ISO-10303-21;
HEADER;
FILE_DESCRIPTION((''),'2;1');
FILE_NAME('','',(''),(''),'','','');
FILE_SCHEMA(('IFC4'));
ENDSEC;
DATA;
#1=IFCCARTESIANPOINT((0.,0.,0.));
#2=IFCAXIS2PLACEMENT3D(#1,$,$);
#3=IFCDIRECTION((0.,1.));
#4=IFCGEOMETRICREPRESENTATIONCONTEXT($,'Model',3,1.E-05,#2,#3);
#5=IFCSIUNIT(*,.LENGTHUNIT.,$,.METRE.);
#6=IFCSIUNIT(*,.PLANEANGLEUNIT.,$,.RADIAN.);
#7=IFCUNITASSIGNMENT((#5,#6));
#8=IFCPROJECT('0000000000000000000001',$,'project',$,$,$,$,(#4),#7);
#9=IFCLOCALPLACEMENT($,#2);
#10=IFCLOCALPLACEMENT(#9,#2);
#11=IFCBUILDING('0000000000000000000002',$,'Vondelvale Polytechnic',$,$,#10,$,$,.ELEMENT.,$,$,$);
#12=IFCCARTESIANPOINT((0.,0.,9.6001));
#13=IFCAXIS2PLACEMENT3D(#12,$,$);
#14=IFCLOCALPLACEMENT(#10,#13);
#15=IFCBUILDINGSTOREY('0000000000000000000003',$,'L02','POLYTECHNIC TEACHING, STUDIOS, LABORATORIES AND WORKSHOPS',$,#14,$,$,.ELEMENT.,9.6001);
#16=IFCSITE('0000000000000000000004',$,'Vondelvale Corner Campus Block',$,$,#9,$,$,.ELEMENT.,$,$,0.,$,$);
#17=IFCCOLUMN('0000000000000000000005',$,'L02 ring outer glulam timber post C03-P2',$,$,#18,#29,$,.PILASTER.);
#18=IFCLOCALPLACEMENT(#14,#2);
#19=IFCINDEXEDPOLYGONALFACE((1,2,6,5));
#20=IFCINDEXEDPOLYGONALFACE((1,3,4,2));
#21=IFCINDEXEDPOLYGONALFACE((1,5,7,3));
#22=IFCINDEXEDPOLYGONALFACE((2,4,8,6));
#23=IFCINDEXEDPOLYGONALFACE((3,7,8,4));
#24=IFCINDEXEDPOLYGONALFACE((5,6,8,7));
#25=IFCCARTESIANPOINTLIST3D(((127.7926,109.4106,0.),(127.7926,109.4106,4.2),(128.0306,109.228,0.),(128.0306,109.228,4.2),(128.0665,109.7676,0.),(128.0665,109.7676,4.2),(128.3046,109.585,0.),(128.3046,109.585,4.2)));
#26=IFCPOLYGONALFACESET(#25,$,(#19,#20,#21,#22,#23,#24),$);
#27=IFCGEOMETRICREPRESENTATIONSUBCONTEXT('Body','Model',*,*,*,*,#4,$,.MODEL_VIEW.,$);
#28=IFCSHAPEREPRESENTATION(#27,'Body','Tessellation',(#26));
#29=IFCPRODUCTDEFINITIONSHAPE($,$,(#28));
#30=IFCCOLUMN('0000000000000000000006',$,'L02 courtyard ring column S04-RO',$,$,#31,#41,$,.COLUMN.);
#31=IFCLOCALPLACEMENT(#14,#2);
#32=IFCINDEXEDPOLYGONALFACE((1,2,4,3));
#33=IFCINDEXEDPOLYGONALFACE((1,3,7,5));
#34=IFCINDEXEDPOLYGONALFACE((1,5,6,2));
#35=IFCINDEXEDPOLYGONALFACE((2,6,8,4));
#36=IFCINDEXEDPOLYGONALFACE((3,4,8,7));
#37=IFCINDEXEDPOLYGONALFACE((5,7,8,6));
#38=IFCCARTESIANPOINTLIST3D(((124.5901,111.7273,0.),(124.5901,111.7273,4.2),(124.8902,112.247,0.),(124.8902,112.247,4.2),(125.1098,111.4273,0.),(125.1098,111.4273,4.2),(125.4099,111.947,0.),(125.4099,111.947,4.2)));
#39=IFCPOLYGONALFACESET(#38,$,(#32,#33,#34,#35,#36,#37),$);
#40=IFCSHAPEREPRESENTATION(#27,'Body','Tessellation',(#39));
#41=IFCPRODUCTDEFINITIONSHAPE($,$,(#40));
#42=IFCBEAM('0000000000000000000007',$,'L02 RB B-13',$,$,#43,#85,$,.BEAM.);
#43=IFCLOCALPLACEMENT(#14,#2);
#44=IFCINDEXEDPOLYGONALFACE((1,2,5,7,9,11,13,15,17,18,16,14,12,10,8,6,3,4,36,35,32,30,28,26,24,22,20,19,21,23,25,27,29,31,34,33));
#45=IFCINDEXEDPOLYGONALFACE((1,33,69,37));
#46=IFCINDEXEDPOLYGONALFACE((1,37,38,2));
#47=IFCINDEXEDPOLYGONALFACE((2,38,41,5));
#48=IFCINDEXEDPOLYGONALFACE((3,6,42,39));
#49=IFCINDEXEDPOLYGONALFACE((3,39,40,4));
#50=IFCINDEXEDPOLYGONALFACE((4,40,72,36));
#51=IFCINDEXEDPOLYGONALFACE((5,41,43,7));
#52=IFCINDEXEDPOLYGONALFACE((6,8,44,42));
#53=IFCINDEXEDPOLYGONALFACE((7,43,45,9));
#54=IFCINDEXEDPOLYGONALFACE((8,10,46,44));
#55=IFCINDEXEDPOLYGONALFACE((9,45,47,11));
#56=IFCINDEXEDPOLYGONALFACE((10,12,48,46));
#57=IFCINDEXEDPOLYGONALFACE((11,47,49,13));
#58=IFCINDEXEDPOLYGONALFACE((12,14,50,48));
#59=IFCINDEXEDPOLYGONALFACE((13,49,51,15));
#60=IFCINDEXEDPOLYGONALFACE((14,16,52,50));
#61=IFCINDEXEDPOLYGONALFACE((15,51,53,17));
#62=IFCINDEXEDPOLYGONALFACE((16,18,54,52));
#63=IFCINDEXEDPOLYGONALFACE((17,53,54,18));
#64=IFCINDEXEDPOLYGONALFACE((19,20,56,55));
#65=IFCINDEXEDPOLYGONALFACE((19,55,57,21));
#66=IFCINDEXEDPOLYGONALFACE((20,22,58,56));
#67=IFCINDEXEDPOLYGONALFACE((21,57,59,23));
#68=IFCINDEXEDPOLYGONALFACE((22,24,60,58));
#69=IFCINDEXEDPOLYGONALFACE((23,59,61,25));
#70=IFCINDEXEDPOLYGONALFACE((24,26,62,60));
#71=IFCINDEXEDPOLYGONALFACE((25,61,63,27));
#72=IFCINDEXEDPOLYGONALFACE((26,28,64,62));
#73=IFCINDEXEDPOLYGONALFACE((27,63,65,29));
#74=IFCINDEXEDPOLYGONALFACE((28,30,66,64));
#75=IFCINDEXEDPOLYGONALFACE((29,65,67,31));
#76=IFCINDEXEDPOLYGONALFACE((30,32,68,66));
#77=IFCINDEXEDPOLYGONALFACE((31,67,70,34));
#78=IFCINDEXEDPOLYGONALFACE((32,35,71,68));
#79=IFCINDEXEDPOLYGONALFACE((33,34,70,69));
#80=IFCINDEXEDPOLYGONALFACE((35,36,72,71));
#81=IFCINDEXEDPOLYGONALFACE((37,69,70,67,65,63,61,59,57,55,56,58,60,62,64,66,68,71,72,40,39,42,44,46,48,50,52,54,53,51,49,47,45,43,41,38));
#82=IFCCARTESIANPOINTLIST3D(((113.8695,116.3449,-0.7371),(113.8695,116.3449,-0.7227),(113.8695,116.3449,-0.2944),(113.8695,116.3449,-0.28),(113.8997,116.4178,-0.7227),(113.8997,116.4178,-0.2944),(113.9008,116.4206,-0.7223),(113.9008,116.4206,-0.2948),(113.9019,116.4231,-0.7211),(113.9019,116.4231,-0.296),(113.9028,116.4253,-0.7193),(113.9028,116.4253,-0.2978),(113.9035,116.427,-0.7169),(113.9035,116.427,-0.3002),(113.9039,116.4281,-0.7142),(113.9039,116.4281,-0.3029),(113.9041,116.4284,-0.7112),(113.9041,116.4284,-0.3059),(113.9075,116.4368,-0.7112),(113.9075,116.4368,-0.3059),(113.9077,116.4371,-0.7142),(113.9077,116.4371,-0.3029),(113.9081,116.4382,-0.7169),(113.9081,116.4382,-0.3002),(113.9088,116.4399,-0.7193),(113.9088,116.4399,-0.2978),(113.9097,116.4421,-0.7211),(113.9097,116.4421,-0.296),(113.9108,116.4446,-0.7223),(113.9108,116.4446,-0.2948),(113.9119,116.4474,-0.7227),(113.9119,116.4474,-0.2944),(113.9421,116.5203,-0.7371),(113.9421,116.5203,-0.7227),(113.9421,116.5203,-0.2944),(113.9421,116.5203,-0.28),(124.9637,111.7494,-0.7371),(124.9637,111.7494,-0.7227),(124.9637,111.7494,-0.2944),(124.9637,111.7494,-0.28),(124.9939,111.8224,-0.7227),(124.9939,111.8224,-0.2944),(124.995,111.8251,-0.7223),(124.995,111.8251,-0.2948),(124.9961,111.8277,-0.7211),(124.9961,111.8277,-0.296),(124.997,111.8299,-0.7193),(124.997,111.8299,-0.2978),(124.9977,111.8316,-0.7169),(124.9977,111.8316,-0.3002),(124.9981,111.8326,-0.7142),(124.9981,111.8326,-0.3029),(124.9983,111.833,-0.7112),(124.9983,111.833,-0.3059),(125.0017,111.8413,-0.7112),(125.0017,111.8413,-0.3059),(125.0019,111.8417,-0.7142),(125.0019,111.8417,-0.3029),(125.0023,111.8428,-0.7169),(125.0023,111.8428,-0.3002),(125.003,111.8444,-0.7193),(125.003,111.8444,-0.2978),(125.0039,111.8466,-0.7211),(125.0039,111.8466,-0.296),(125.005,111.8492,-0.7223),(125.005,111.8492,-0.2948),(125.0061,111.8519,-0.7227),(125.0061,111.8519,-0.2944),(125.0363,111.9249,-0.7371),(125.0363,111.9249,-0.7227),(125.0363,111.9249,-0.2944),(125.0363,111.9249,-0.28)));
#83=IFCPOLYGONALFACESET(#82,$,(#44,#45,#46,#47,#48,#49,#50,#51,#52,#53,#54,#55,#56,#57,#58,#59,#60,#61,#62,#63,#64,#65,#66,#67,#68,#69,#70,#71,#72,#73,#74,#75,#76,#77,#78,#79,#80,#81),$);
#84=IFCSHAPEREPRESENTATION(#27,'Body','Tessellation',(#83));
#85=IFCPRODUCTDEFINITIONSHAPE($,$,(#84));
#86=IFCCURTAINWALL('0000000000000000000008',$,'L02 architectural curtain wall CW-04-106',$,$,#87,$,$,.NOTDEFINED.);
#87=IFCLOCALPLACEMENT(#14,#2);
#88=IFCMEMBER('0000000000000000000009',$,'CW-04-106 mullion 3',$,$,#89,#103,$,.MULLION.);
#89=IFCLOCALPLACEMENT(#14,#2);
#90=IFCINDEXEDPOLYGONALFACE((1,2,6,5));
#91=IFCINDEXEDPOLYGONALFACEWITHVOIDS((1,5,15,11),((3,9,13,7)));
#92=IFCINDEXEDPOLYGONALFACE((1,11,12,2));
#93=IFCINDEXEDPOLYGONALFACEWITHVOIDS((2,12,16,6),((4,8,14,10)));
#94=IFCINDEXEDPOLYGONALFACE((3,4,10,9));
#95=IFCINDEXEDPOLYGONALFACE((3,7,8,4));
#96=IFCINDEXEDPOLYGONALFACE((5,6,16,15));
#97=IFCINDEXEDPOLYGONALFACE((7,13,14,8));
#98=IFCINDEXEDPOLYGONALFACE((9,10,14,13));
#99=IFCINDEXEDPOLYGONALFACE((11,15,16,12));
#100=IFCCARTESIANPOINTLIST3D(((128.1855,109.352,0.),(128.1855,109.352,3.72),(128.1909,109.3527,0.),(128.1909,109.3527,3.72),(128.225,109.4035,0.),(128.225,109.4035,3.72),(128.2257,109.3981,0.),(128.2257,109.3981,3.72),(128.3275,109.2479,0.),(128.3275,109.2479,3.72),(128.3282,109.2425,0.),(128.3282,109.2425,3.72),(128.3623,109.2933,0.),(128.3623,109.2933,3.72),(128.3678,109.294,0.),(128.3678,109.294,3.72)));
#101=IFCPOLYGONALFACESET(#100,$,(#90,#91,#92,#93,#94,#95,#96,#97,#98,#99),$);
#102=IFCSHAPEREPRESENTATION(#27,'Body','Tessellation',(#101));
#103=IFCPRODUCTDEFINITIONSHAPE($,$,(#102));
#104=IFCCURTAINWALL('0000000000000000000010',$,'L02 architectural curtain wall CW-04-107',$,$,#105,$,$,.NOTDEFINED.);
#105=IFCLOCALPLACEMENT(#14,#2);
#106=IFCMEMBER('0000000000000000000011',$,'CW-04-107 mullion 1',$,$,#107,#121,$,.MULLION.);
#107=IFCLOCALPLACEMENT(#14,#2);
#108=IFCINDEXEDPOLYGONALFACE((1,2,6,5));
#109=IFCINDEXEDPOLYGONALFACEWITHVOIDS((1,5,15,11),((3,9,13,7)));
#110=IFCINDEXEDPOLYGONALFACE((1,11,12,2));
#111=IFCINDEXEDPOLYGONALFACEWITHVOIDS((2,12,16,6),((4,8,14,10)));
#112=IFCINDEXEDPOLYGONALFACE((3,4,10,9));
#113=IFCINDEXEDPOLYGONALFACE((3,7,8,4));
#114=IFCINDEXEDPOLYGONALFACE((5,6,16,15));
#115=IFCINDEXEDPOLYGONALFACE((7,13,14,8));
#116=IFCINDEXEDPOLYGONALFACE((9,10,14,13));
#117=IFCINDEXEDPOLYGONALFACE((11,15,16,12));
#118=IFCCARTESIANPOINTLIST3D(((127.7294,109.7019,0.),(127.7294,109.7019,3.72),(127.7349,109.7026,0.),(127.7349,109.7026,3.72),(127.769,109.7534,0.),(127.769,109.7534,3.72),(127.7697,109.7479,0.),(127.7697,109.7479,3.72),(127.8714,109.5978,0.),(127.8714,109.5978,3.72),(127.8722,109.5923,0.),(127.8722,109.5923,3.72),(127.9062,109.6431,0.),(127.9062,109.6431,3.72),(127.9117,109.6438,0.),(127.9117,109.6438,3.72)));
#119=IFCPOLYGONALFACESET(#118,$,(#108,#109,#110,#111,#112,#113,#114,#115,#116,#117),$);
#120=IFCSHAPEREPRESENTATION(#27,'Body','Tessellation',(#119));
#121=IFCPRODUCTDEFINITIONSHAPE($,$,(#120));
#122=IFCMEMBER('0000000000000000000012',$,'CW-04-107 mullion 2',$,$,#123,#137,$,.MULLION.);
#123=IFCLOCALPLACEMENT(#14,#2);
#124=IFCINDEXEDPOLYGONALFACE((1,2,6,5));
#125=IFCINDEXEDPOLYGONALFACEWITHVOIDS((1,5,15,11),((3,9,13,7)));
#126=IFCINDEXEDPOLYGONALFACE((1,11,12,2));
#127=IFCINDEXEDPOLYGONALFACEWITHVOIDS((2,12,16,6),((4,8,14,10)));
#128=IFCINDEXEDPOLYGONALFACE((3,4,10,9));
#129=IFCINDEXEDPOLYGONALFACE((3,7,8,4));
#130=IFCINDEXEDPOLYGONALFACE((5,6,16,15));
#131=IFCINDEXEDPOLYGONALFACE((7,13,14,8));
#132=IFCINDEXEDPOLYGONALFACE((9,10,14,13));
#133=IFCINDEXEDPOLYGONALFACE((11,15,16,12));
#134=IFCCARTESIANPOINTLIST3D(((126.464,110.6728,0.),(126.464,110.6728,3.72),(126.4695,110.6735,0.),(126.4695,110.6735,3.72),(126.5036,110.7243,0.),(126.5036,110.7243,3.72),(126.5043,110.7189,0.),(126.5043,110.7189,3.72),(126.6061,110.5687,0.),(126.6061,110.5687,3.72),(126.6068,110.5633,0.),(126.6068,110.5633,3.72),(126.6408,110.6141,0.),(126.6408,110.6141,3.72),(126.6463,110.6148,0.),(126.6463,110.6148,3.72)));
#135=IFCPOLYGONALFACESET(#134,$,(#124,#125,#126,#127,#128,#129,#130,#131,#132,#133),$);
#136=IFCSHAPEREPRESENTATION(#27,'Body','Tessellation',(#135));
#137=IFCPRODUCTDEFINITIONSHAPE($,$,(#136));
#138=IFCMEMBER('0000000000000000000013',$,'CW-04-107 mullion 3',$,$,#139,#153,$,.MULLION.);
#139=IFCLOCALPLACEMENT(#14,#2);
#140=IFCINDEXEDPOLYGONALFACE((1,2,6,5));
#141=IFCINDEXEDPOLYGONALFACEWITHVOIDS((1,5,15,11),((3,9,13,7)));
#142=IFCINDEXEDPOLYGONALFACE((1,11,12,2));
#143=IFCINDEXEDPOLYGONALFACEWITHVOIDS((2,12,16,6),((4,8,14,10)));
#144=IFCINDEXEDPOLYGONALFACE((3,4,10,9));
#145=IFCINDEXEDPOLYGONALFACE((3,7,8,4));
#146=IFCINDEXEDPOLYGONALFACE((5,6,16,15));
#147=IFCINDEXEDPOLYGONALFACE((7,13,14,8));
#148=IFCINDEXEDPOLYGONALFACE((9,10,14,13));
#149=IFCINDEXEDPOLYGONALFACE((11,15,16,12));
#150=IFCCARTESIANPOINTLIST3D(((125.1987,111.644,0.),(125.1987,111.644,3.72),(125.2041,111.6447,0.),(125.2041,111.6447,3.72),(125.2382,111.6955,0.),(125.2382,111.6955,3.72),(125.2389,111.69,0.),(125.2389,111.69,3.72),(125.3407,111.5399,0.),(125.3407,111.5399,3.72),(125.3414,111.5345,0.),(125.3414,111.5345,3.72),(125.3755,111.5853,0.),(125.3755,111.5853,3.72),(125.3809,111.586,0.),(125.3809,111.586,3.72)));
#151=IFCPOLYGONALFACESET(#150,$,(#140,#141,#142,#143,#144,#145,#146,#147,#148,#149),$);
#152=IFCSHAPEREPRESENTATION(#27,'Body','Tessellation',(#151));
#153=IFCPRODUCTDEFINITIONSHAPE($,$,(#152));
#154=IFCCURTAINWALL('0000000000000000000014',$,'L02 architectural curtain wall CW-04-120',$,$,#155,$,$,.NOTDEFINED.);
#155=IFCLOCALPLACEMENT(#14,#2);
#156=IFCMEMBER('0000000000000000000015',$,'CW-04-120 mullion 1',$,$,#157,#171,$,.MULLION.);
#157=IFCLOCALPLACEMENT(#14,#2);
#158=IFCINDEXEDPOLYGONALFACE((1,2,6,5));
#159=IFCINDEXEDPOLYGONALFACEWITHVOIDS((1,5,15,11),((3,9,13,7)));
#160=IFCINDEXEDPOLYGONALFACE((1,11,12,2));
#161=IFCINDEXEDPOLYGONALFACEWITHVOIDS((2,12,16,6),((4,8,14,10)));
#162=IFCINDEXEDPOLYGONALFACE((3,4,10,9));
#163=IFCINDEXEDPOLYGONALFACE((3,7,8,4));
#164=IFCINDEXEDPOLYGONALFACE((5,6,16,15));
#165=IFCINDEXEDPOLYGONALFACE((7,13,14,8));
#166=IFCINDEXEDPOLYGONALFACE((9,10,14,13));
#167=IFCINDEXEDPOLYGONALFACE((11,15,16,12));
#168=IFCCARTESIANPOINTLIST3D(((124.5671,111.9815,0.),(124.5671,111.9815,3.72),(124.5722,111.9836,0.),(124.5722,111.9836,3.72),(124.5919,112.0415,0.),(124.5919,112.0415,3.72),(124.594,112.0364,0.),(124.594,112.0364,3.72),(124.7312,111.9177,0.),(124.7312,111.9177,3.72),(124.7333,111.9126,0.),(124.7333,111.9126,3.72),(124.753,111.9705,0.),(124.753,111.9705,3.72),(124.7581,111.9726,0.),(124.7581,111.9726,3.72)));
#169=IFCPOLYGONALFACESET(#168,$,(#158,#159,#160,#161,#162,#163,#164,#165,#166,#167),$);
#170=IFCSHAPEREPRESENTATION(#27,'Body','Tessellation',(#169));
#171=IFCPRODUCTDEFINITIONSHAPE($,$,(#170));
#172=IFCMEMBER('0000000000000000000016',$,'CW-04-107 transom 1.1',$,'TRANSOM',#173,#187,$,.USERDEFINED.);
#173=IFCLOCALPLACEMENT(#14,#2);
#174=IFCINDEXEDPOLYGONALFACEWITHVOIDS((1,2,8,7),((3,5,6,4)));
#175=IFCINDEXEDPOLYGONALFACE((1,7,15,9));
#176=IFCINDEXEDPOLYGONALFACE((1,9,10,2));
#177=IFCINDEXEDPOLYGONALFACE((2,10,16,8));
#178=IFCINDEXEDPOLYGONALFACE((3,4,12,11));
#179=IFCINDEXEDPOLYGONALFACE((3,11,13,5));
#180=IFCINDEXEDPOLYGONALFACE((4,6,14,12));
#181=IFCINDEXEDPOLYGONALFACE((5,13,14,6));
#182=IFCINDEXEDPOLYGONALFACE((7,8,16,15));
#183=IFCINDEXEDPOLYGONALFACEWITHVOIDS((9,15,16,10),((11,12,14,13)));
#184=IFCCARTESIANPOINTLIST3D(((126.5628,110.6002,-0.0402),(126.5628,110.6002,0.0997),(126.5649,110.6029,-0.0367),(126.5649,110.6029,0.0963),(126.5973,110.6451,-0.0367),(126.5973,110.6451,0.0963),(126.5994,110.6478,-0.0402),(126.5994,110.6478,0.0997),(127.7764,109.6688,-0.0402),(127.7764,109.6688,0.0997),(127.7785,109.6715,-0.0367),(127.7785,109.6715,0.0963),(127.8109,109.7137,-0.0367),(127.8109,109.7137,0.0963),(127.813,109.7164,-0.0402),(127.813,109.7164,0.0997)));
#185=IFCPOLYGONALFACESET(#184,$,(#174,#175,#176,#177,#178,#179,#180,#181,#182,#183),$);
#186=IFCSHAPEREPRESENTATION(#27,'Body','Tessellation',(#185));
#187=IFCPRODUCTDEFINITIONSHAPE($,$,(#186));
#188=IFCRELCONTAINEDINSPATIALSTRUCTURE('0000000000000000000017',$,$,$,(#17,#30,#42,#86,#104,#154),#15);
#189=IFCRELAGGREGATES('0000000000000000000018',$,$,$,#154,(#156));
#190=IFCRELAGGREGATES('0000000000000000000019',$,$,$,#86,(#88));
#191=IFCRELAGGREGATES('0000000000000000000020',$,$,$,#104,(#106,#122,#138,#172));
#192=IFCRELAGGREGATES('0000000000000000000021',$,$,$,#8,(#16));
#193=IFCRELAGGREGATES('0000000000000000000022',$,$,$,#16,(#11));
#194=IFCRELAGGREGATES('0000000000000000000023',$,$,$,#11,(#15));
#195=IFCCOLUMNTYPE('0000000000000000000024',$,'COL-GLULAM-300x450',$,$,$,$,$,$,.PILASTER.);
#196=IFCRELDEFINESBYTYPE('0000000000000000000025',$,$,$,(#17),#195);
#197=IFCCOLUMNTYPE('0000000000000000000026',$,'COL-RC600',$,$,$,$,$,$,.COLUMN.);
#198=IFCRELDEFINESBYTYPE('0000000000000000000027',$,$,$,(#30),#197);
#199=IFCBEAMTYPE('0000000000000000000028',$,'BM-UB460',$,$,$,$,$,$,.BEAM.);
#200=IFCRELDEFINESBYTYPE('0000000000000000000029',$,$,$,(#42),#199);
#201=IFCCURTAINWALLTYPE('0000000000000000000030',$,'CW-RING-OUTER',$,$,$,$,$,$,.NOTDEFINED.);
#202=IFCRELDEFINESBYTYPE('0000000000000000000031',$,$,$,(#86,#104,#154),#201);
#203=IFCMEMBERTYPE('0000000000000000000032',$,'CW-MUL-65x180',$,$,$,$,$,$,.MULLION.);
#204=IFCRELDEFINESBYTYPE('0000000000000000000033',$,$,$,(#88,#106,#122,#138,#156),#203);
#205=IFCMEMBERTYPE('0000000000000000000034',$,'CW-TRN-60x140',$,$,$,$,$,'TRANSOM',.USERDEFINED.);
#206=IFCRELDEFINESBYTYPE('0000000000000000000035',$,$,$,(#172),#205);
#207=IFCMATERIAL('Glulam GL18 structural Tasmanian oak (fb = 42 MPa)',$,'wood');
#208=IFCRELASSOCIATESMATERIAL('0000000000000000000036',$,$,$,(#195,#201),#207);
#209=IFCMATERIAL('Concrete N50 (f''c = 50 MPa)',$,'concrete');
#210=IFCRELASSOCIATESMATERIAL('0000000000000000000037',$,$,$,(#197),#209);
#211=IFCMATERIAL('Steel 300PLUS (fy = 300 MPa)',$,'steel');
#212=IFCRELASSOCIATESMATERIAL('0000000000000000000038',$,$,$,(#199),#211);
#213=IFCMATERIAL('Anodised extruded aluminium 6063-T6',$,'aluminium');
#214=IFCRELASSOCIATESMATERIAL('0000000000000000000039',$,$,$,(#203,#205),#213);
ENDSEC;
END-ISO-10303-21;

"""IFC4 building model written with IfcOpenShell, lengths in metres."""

from ifc_helpers import new_model, si_unit, direction, frame, origin, origin_2d, place, context, subcontext, project, spatial, rectangle, hollow_rectangle, i_section, extrude, material, material_profile, profile_set, type_object, element, aggregate, save


model = new_model("IFC4")

# Units and contexts
model_context = context("Model", 3, precision=1e-05, world=origin(), true_north=direction((0.0, 1.0)))
body_context = subcontext(model_context, "Body", "Model", "MODEL_VIEW")
ifc_project = project(units=[si_unit("LENGTHUNIT", "METRE"), si_unit("PLANEANGLEUNIT", "RADIAN")], contexts=[model_context])

# Site, building, storey
site_placement = place(None, origin())
site = spatial("IfcSite", under=ifc_project, at=site_placement, Name="Vondelvale Corner Campus Block", CompositionType="ELEMENT", RefElevation=0.0)
building_placement = place(site_placement, origin())
building = spatial("IfcBuilding", under=site, at=building_placement, Name="Vondelvale Polytechnic", CompositionType="ELEMENT")
storey_placement = place(building_placement, frame((0.0, 0.0, 9.6001)))
storey = spatial("IfcBuildingStorey", under=building, at=storey_placement, Name="L02", Description="POLYTECHNIC TEACHING, STUDIOS, LABORATORIES AND WORKSHOPS", CompositionType="ELEMENT", Elevation=9.6001)

# Columns
ifc_material_1 = material(Name="Glulam GL18 structural Tasmanian oak (fb = 42 MPa)", Category="wood")
ifc_material_profile_1 = material_profile(ifc_material_1, rectangle(XDim=0.3, YDim=0.45, at=origin_2d()), Name="GL-POST-300x450")
ifc_profile_set_1 = profile_set([ifc_material_profile_1], Name="Glulam GL18 structural Tasmanian oak (fb = 42 MPa)")
column_type_1 = type_object("IfcColumnType", Name="COL-GLULAM-300x450", PredefinedType="PILASTER", material=ifc_profile_set_1)
column_1_placement = place(storey_placement, frame((128.0486, 109.4978, 0.0), z_axis=(0.0, 0.0, 1.0), x_axis=(-0.793353, 0.608761, 0.0)))
element("IfcColumn", 1, at=column_1_placement, inside=storey, type_object=column_type_1, Name="L02 ring outer glulam timber post C03-P2", PredefinedType="PILASTER", context=body_context, shape_type="SweptSolid", body=[
    extrude(rectangle(XDim=0.3, YDim=0.45, at=origin_2d()), origin(), (0.0, 0.0, 1.0), 4.2),
])
ifc_material_2 = material(Name="Concrete N50 (f'c = 50 MPa)", Category="concrete")
ifc_material_profile_2 = material_profile(ifc_material_2, rectangle(XDim=0.6001, YDim=0.6001, at=origin_2d()), Name="RC-COL-600x600")
ifc_profile_set_2 = profile_set([ifc_material_profile_2], Name="Concrete N50 (f'c = 50 MPa)")
column_type_2 = type_object("IfcColumnType", Name="COL-RC600", PredefinedType="COLUMN", material=ifc_profile_set_2)
column_2_placement = place(storey_placement, frame((125.0, 111.8372, 0.0), z_axis=(0.0, 0.0, 1.0), x_axis=(0.5, 0.866025, 0.0)))
element("IfcColumn", 2, at=column_2_placement, inside=storey, type_object=column_type_2, Name="L02 courtyard ring column S04-RO", PredefinedType="COLUMN", context=body_context, shape_type="SweptSolid", body=[
    extrude(rectangle(XDim=0.6001, YDim=0.6001, at=origin_2d()), origin(), (0.0, 0.0, 1.0), 4.2),
])

# Beam
ifc_material_3 = material(Name="Steel 300PLUS (fy = 300 MPa)", Category="steel")
ifc_material_profile_3 = material_profile(ifc_material_3, i_section(OverallWidth=0.1899, OverallDepth=0.457, WebThickness=0.009, FlangeThickness=0.0144, FilletRadius=0.0115, at=origin_2d()), Name="460UB74.6")
ifc_profile_set_3 = profile_set([ifc_material_profile_3], Name="Steel 300PLUS (fy = 300 MPa)")
beam_type = type_object("IfcBeamType", Name="BM-UB460", PredefinedType="BEAM", material=ifc_profile_set_3)
beam_placement = place(storey_placement, frame((125.0, 111.8372, -0.5085), z_axis=(-0.923877, 0.382689, 0.0), x_axis=(-0.382689, -0.923877, 0.0)))
element("IfcBeam", 3, at=beam_placement, inside=storey, type_object=beam_type, Name="L02 RB B-13", PredefinedType="BEAM", context=body_context, shape_type="SweptSolid", body=[
    extrude(i_section(OverallWidth=0.1899, OverallDepth=0.457, WebThickness=0.009, FlangeThickness=0.0144, FilletRadius=0.0115, at=origin_2d()), origin(), (0.0, 0.0, 1.0), 12.0083),
])

# Curtain wall, member
curtain_wall_type = type_object("IfcCurtainWallType", Name="CW-RING-OUTER", PredefinedType="NOTDEFINED", material=ifc_material_1)
curtain_wall_1_placement = place(storey_placement, origin())
curtain_wall_1 = element("IfcCurtainWall", 4, at=curtain_wall_1_placement, inside=storey, type_object=curtain_wall_type, Name="L02 architectural curtain wall CW-04-106", PredefinedType="NOTDEFINED")
ifc_material_4 = material(Name="Anodised extruded aluminium 6063-T6", Category="aluminium")
ifc_material_profile_4 = material_profile(ifc_material_4, hollow_rectangle(XDim=0.0649, YDim=0.1799, WallThickness=0.0039, at=origin_2d()), Name="CW-MUL-180x65")
ifc_profile_set_4 = profile_set([ifc_material_profile_4], Name="Anodised extruded aluminium 6063-T6")
member_type_1 = type_object("IfcMemberType", Name="CW-MUL-65x180", PredefinedType="MULLION", material=ifc_profile_set_4)
member_1_placement = place(storey_placement, frame((128.2766, 109.323, 0.0), z_axis=(0.0, 0.0, 1.0), x_axis=(-0.608771, -0.793346, 0.0)))
member_1 = element("IfcMember", 5, at=member_1_placement, type_object=member_type_1, Name="CW-04-106 mullion 3", PredefinedType="MULLION", context=body_context, shape_type="SweptSolid", body=[
    extrude(hollow_rectangle(XDim=0.0649, YDim=0.1799, WallThickness=0.0039, at=origin_2d()), origin(), (0.0, 0.0, 1.0), 3.72),
])

# Curtain wall, members
curtain_wall_2_placement = place(storey_placement, origin())
curtain_wall_2 = element("IfcCurtainWall", 6, at=curtain_wall_2_placement, inside=storey, type_object=curtain_wall_type, Name="L02 architectural curtain wall CW-04-107", PredefinedType="NOTDEFINED")
member_2_placement = place(storey_placement, frame((127.8206, 109.6729, 0.0), z_axis=(0.0, 0.0, 1.0), x_axis=(-0.608787, -0.793334, 0.0)))
member_2 = element("IfcMember", 7, at=member_2_placement, type_object=member_type_1, Name="CW-04-107 mullion 1", PredefinedType="MULLION", context=body_context, shape_type="SweptSolid", body=[
    extrude(hollow_rectangle(XDim=0.0649, YDim=0.1799, WallThickness=0.0039, at=origin_2d()), origin(), (0.0, 0.0, 1.0), 3.72),
])
member_3_placement = place(storey_placement, frame((126.5552, 110.6438, 0.0), z_axis=(0.0, 0.0, 1.0), x_axis=(-0.608787, -0.793334, 0.0)))
member_3 = element("IfcMember", 8, at=member_3_placement, type_object=member_type_1, Name="CW-04-107 mullion 2", PredefinedType="MULLION", context=body_context, shape_type="SweptSolid", body=[
    extrude(hollow_rectangle(XDim=0.0649, YDim=0.1799, WallThickness=0.0039, at=origin_2d()), origin(), (0.0, 0.0, 1.0), 3.72),
])
member_4_placement = place(storey_placement, frame((125.2898, 111.615, 0.0), z_axis=(0.0, 0.0, 1.0), x_axis=(-0.608787, -0.793334, 0.0)))
member_4 = element("IfcMember", 9, at=member_4_placement, type_object=member_type_1, Name="CW-04-107 mullion 3", PredefinedType="MULLION", context=body_context, shape_type="SweptSolid", body=[
    extrude(hollow_rectangle(XDim=0.0649, YDim=0.1799, WallThickness=0.0039, at=origin_2d()), origin(), (0.0, 0.0, 1.0), 3.72),
])

# Curtain wall, member
curtain_wall_3_placement = place(storey_placement, origin())
curtain_wall_3 = element("IfcCurtainWall", 10, at=curtain_wall_3_placement, inside=storey, type_object=curtain_wall_type, Name="L02 architectural curtain wall CW-04-120", PredefinedType="NOTDEFINED")
member_5_placement = place(storey_placement, frame((124.6626, 111.9771, 0.0), z_axis=(0.0, 0.0, 1.0), x_axis=(-0.382677, -0.923882, 0.0)))
member_5 = element("IfcMember", 11, at=member_5_placement, type_object=member_type_1, Name="CW-04-120 mullion 1", PredefinedType="MULLION", context=body_context, shape_type="SweptSolid", body=[
    extrude(hollow_rectangle(XDim=0.0649, YDim=0.1799, WallThickness=0.0039, at=origin_2d()), origin(), (0.0, 0.0, 1.0), 3.72),
])

# Member
ifc_material_profile_5 = material_profile(ifc_material_4, hollow_rectangle(XDim=0.0601, YDim=0.1399, WallThickness=0.0034, at=origin_2d()), Name="CW-TRN-140x60")
ifc_profile_set_5 = profile_set([ifc_material_profile_5], Name="Anodised extruded aluminium 6063-T6")
member_type_2 = type_object("IfcMemberType", Name="CW-TRN-60x140", ElementType="TRANSOM", PredefinedType="USERDEFINED", material=ifc_profile_set_5)
member_6_placement = place(storey_placement, frame((127.7947, 109.6926, 0.0298), z_axis=(-0.793306, 0.608823, 0.0), x_axis=(-0.608823, -0.793306, 0.0)))
member_6 = element("IfcMember", 12, at=member_6_placement, type_object=member_type_2, Name="CW-04-107 transom 1.1", ObjectType="TRANSOM", PredefinedType="USERDEFINED", context=body_context, shape_type="SweptSolid", body=[
    extrude(hollow_rectangle(XDim=0.0601, YDim=0.1399, WallThickness=0.0034, at=origin_2d()), origin(), (0.0, 0.0, 1.0), 1.5298),
])
aggregate(curtain_wall_3, [member_5])

aggregate(curtain_wall_1, [member_1])
aggregate(curtain_wall_2, [member_2, member_3, member_4, member_6])

save(model, "model.ifc")
